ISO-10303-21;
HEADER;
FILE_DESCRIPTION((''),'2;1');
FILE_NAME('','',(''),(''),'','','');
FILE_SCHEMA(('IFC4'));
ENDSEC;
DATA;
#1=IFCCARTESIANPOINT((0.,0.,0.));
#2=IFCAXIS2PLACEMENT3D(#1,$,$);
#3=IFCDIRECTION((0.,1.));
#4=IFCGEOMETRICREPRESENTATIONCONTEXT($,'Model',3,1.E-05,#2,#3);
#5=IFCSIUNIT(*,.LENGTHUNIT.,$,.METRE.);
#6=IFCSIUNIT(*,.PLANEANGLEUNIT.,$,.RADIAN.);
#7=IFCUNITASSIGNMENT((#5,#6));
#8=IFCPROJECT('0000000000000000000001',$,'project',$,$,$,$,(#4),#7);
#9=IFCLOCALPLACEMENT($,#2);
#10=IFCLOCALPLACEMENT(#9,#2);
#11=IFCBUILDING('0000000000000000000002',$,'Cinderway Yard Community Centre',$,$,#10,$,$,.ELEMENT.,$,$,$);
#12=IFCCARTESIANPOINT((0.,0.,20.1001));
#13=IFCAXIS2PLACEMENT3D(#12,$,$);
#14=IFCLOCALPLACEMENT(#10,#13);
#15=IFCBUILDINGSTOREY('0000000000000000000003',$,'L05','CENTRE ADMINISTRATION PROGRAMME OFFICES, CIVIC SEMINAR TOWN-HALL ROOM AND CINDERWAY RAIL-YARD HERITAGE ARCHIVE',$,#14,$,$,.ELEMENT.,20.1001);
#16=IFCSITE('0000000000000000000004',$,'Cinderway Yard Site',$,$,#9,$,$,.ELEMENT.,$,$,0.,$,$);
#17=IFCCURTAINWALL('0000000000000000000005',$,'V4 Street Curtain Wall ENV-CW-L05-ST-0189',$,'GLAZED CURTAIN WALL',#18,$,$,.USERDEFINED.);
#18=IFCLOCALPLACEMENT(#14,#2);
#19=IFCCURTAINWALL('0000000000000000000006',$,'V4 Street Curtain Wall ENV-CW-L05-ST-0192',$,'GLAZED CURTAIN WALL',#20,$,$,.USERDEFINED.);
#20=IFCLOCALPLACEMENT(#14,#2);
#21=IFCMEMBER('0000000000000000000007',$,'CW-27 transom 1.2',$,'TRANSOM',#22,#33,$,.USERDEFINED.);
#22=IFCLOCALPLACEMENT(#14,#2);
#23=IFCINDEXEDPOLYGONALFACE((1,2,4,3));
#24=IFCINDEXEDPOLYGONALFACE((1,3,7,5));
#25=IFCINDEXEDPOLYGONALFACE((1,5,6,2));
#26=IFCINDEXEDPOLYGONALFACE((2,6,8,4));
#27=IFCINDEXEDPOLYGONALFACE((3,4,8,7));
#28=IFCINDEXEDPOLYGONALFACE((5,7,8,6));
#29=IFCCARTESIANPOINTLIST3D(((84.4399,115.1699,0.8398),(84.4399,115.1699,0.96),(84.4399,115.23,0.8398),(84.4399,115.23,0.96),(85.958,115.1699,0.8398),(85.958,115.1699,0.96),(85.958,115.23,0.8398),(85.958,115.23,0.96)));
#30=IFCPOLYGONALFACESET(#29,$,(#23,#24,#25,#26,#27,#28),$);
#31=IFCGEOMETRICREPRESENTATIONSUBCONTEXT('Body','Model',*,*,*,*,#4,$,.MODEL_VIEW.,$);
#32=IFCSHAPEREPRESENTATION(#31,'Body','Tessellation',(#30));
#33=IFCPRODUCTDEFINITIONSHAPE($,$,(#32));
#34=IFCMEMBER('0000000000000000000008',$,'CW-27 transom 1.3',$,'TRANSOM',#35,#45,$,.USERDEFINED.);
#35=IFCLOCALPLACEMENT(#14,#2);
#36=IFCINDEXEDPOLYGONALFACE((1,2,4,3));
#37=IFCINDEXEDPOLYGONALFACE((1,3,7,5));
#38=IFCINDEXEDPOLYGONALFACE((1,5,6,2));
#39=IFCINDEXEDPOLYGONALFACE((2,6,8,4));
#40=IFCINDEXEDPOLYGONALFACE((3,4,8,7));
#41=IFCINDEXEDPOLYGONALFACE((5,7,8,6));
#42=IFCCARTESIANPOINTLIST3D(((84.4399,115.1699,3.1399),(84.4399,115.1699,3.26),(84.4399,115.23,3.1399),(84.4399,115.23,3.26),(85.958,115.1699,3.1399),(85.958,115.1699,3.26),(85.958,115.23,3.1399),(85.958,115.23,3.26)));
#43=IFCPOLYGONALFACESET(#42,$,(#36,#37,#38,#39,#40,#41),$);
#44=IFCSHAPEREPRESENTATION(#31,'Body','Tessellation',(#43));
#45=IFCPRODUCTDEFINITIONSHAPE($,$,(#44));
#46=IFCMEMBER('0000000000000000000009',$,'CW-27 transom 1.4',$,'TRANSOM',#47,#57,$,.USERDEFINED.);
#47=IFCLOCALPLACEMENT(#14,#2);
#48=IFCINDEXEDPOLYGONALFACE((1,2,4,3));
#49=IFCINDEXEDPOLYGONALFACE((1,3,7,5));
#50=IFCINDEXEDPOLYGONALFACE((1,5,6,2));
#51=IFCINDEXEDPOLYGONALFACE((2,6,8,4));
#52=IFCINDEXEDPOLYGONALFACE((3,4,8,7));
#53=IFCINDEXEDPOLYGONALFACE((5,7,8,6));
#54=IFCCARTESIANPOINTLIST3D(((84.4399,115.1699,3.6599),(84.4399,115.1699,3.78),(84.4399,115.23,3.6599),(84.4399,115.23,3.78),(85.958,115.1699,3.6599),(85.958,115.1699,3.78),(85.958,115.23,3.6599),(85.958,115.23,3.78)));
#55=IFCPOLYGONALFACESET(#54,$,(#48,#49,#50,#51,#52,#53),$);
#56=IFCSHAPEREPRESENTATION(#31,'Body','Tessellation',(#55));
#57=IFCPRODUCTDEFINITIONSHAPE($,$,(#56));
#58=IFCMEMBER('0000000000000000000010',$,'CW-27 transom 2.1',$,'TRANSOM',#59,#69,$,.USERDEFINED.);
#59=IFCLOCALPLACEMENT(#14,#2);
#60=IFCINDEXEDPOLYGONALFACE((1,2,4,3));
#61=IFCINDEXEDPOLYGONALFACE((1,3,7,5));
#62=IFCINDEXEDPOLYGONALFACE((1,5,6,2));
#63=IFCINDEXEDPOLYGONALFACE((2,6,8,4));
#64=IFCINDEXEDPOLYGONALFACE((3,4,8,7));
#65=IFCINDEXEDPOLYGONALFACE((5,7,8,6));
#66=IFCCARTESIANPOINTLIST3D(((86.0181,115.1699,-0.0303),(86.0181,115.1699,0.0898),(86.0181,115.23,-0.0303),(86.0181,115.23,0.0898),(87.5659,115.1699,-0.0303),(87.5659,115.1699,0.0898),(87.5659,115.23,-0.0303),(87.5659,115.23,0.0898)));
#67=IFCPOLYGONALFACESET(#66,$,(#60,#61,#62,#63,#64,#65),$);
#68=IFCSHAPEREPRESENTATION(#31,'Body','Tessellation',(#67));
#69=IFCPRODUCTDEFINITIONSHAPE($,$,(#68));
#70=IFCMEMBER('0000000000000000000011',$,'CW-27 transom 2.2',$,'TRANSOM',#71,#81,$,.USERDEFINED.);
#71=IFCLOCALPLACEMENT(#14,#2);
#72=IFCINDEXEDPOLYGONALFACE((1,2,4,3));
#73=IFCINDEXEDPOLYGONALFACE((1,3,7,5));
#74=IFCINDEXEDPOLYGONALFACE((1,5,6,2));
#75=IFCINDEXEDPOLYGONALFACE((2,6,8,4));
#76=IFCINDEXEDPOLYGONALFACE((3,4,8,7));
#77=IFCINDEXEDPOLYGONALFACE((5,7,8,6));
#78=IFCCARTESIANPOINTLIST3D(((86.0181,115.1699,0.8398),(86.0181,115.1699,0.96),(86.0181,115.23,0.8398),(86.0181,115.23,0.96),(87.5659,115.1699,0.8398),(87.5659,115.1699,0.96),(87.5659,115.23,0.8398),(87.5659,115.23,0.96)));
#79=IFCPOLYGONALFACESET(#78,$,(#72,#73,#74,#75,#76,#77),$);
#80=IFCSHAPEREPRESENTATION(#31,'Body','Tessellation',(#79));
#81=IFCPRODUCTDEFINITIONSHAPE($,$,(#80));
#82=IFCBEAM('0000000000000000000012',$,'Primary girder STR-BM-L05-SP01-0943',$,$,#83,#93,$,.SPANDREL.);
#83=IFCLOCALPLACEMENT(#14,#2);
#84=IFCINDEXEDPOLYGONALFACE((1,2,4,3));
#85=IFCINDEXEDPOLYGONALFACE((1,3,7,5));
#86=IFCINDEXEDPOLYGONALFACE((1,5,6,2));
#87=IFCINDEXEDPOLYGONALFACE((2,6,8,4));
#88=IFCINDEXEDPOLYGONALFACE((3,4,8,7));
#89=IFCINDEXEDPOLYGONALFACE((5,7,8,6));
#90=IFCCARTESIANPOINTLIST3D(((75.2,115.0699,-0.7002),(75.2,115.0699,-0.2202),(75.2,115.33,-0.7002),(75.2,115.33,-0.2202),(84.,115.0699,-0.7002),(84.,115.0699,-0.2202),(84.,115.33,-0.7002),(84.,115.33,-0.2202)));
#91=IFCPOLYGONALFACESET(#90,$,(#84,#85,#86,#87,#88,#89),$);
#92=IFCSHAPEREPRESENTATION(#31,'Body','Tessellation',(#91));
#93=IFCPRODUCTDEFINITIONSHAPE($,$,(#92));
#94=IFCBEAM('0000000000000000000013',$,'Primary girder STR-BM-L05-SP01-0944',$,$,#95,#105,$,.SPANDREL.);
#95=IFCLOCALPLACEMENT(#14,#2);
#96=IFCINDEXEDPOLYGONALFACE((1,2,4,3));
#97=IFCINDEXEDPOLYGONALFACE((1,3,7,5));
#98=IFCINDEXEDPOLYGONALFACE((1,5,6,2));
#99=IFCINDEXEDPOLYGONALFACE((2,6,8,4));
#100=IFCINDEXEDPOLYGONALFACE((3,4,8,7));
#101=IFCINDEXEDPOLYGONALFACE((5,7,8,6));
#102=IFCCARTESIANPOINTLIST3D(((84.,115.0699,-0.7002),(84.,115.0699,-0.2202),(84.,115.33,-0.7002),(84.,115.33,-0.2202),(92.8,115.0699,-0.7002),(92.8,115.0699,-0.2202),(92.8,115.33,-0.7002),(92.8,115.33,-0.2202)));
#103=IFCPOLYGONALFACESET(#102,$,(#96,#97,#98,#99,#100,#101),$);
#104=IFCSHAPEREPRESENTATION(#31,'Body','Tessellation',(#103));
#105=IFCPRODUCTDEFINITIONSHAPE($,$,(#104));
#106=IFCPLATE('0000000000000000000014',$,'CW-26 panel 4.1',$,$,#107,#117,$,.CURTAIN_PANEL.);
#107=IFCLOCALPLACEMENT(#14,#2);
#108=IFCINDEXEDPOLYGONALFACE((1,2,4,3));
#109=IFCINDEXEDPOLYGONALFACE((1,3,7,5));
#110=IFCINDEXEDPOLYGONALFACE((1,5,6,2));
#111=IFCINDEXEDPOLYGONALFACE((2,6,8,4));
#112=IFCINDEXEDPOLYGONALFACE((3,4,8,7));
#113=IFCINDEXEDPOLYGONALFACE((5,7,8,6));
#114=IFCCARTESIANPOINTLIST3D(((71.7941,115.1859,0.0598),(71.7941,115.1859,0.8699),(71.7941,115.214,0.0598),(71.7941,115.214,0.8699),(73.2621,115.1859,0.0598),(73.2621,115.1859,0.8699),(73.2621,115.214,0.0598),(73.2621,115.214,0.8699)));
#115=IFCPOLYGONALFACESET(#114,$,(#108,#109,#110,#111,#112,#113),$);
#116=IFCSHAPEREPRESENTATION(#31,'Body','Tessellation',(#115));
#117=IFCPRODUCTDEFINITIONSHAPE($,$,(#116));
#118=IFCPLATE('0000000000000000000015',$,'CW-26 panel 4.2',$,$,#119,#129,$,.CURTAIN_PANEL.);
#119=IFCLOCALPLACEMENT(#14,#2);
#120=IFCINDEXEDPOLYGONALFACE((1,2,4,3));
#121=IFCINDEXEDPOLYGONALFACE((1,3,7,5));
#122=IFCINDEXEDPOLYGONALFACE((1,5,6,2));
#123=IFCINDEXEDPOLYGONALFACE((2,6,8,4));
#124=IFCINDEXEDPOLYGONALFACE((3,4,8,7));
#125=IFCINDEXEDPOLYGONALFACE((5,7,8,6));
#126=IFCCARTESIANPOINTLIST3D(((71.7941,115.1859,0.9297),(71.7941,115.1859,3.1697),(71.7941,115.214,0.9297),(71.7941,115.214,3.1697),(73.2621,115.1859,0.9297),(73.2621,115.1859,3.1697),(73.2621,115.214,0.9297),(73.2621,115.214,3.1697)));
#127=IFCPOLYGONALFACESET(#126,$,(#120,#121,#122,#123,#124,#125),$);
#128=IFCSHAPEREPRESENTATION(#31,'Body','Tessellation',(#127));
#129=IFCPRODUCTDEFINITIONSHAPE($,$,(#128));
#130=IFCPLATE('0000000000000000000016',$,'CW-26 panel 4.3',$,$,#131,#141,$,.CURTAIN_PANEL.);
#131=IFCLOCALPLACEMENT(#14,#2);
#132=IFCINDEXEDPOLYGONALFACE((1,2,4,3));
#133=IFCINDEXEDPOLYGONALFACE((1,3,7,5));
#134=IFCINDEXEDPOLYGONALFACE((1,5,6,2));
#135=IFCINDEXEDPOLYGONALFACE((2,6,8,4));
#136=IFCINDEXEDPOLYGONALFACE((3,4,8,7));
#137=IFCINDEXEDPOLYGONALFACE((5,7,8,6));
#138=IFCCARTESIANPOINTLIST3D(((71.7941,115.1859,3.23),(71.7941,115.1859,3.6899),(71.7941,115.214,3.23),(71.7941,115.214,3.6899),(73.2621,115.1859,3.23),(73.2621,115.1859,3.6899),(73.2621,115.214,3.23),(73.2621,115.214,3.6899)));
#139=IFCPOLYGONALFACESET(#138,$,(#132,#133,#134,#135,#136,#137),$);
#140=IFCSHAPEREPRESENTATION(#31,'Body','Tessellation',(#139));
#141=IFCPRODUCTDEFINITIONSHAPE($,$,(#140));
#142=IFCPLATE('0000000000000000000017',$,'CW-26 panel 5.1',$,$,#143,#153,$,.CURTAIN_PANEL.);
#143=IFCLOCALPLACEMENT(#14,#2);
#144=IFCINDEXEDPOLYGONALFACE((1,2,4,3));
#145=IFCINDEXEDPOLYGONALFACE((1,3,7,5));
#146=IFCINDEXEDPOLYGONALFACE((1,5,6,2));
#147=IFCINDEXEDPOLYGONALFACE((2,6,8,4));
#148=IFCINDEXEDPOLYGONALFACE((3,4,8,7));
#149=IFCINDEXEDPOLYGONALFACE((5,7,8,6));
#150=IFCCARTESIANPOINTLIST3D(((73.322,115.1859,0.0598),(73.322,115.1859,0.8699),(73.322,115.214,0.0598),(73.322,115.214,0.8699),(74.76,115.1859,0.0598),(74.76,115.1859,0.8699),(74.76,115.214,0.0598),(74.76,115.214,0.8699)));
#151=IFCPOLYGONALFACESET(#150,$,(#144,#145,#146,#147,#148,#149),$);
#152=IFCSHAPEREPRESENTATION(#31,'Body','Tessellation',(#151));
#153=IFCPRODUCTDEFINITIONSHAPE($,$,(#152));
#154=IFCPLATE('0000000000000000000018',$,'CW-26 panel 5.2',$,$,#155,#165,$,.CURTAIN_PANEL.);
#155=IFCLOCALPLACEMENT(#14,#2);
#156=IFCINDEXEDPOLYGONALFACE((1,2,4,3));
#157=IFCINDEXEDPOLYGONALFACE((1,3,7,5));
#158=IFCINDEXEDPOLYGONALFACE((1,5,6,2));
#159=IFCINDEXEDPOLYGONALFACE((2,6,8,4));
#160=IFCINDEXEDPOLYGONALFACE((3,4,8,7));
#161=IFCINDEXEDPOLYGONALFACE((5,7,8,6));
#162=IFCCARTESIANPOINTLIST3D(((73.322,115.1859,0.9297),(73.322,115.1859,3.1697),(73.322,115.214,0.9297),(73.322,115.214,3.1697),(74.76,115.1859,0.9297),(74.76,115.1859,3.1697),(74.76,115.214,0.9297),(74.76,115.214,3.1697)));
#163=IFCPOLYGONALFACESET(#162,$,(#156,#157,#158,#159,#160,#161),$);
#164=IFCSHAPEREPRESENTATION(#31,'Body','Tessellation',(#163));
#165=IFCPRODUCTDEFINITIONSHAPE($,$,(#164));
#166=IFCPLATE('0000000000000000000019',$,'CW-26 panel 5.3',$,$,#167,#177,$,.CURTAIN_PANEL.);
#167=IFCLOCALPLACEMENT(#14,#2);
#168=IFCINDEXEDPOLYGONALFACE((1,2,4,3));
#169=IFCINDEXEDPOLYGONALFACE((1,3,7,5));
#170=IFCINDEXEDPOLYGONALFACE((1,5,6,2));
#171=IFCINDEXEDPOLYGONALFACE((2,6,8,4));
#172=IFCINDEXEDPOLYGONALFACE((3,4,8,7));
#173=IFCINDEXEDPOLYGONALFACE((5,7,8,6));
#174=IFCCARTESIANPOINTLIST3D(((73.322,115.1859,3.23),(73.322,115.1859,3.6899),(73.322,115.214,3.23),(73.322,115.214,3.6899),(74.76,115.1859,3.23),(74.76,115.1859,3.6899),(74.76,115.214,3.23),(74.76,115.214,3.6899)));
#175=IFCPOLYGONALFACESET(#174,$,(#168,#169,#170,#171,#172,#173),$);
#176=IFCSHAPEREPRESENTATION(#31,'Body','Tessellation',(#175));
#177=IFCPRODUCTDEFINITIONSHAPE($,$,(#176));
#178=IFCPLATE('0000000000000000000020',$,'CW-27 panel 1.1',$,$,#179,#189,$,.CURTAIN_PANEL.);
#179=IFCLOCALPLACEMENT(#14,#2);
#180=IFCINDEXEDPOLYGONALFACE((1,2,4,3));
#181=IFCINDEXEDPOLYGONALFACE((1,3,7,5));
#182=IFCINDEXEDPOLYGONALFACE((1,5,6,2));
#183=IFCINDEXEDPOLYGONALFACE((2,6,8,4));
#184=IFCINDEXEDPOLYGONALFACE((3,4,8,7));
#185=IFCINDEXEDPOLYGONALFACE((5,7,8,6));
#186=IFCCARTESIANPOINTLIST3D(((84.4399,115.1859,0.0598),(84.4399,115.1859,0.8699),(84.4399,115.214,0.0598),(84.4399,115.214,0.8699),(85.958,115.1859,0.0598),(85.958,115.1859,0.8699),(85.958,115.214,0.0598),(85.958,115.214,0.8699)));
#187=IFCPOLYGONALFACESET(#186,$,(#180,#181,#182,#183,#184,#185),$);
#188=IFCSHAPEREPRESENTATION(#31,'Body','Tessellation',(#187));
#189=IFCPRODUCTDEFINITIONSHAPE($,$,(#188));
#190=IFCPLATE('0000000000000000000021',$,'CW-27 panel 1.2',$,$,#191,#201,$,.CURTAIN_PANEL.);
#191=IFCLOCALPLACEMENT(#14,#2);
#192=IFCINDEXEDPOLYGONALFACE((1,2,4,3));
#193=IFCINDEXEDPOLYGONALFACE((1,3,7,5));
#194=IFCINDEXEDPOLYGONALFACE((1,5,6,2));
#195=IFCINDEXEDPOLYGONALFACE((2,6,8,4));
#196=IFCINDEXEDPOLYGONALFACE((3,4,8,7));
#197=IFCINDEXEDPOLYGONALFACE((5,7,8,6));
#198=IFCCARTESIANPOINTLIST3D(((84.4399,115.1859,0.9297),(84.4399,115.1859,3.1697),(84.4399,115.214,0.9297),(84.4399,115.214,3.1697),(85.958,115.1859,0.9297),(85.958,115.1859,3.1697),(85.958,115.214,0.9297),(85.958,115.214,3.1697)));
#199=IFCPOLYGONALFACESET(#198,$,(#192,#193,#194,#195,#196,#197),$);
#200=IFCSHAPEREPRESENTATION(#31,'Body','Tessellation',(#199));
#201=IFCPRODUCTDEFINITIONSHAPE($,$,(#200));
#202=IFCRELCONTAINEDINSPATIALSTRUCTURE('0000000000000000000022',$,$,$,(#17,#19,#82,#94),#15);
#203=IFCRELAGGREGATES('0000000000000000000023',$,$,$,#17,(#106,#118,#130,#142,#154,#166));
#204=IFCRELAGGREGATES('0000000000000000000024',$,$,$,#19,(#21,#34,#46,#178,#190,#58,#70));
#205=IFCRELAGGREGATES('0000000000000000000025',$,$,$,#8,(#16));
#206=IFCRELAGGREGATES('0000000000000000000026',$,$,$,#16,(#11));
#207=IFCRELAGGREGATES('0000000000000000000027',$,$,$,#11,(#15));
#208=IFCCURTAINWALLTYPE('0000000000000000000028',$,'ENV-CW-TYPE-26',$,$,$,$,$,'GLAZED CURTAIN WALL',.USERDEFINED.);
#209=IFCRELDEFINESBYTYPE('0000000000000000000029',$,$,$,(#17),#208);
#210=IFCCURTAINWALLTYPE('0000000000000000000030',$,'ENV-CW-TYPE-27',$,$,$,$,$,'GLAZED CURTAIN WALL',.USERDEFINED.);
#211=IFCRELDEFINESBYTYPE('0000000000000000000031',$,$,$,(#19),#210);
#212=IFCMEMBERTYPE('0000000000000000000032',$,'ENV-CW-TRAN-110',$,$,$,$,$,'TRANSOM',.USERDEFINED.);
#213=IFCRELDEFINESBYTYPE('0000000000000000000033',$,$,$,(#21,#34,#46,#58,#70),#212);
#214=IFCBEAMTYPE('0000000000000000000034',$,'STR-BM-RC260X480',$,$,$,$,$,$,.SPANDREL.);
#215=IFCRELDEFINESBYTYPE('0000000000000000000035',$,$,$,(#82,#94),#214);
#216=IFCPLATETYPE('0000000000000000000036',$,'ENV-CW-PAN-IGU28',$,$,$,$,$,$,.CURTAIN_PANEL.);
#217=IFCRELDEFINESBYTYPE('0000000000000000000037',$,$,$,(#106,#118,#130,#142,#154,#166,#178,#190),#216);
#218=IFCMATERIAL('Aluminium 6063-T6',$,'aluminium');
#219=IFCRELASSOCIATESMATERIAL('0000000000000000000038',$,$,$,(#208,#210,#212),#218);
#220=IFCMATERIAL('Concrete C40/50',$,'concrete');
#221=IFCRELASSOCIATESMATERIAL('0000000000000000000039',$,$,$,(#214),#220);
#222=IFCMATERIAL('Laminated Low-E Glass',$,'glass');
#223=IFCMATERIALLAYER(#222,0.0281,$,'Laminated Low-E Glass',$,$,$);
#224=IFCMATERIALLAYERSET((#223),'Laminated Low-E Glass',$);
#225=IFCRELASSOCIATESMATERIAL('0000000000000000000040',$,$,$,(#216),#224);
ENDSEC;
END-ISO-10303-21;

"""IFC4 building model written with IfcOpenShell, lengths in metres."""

from ifc_helpers import new_model, si_unit, direction, frame, origin, origin_2d, place, context, subcontext, project, spatial, rectangle, extrude, material, layer, layer_set, material_profile, profile_set, type_object, element, aggregate, save


model = new_model("IFC4")

# Units and contexts
model_context = context("Model", 3, precision=1e-05, world=origin(), true_north=direction((0.0, 1.0)))
body_context = subcontext(model_context, "Body", "Model", "MODEL_VIEW")
ifc_project = project(units=[si_unit("LENGTHUNIT", "METRE"), si_unit("PLANEANGLEUNIT", "RADIAN")], contexts=[model_context])

# Site, building, storey
site_placement = place(None, origin())
site = spatial("IfcSite", under=ifc_project, at=site_placement, Name="Cinderway Yard Site", CompositionType="ELEMENT", RefElevation=0.0)
building_placement = place(site_placement, origin())
building = spatial("IfcBuilding", under=site, at=building_placement, Name="Cinderway Yard Community Centre", CompositionType="ELEMENT")
storey_placement = place(building_placement, frame((0.0, 0.0, 20.1001)))
storey = spatial("IfcBuildingStorey", under=building, at=storey_placement, Name="L05", Description="CENTRE ADMINISTRATION PROGRAMME OFFICES, CIVIC SEMINAR TOWN-HALL ROOM AND CINDERWAY RAIL-YARD HERITAGE ARCHIVE", CompositionType="ELEMENT", Elevation=20.1001)

# Shared definitions
ifc_material_1 = material(Name="Concrete C40/50", Category="concrete")

# Curtain walls
ifc_material_2 = material(Name="Aluminium 6063-T6", Category="aluminium")
curtain_wall_type_1 = type_object("IfcCurtainWallType", Name="ENV-CW-TYPE-26", ElementType="GLAZED CURTAIN WALL", PredefinedType="USERDEFINED", material=ifc_material_2)
curtain_wall_1_placement = place(storey_placement, origin())
curtain_wall_1 = element("IfcCurtainWall", 1, at=curtain_wall_1_placement, inside=storey, type_object=curtain_wall_type_1, Name="V4 Street Curtain Wall ENV-CW-L05-ST-0189", ObjectType="GLAZED CURTAIN WALL", PredefinedType="USERDEFINED")
curtain_wall_type_2 = type_object("IfcCurtainWallType", Name="ENV-CW-TYPE-27", ElementType="GLAZED CURTAIN WALL", PredefinedType="USERDEFINED", material=ifc_material_2)
curtain_wall_2_placement = place(storey_placement, origin())
curtain_wall_2 = element("IfcCurtainWall", 2, at=curtain_wall_2_placement, inside=storey, type_object=curtain_wall_type_2, Name="V4 Street Curtain Wall ENV-CW-L05-ST-0192", ObjectType="GLAZED CURTAIN WALL", PredefinedType="USERDEFINED")

# Members
ifc_material_profile_1 = material_profile(ifc_material_2, rectangle(XDim=0.0601, YDim=0.1201, at=origin_2d()), Name="Aluminium 6063-T6")
ifc_profile_set_1 = profile_set([ifc_material_profile_1], Name="Aluminium 6063-T6")
member_type_1 = type_object("IfcMemberType", Name="ENV-CW-TRAN-110", ElementType="TRANSOM", PredefinedType="USERDEFINED", material=ifc_profile_set_1)
member_1_placement = place(storey_placement, frame((84.4399, 115.2, 0.8999), z_axis=(1.0, 0.0, 0.0), x_axis=(0.0, 1.0, 0.0)))
member_1 = element("IfcMember", 3, at=member_1_placement, type_object=member_type_1, Name="CW-27 transom 1.2", ObjectType="TRANSOM", PredefinedType="USERDEFINED", context=body_context, shape_type="SweptSolid", body=[
    extrude(rectangle(XDim=0.0601, YDim=0.1201, at=origin_2d()), origin(), (0.0, 0.0, 1.0), 1.5181),
])
member_2_placement = place(storey_placement, frame((84.4399, 115.2, 3.2), z_axis=(1.0, 0.0, 0.0), x_axis=(0.0, 1.0, 0.0)))
member_2 = element("IfcMember", 4, at=member_2_placement, type_object=member_type_1, Name="CW-27 transom 1.3", ObjectType="TRANSOM", PredefinedType="USERDEFINED", context=body_context, shape_type="SweptSolid", body=[
    extrude(rectangle(XDim=0.0601, YDim=0.1201, at=origin_2d()), origin(), (0.0, 0.0, 1.0), 1.5181),
])
member_3_placement = place(storey_placement, frame((84.4399, 115.2, 3.72), z_axis=(1.0, 0.0, 0.0), x_axis=(0.0, 1.0, 0.0)))
member_3 = element("IfcMember", 5, at=member_3_placement, type_object=member_type_1, Name="CW-27 transom 1.4", ObjectType="TRANSOM", PredefinedType="USERDEFINED", context=body_context, shape_type="SweptSolid", body=[
    extrude(rectangle(XDim=0.0601, YDim=0.1201, at=origin_2d()), origin(), (0.0, 0.0, 1.0), 1.5181),
])
member_4_placement = place(storey_placement, frame((86.0181, 115.2, 0.0298), z_axis=(1.0, 0.0, 0.0), x_axis=(0.0, 1.0, 0.0)))
member_4 = element("IfcMember", 6, at=member_4_placement, type_object=member_type_1, Name="CW-27 transom 2.1", ObjectType="TRANSOM", PredefinedType="USERDEFINED", context=body_context, shape_type="SweptSolid", body=[
    extrude(rectangle(XDim=0.0601, YDim=0.1201, at=origin_2d()), origin(), (0.0, 0.0, 1.0), 1.5479),
])
member_5_placement = place(storey_placement, frame((86.0181, 115.2, 0.8999), z_axis=(1.0, 0.0, 0.0), x_axis=(0.0, 1.0, 0.0)))
member_5 = element("IfcMember", 7, at=member_5_placement, type_object=member_type_1, Name="CW-27 transom 2.2", ObjectType="TRANSOM", PredefinedType="USERDEFINED", context=body_context, shape_type="SweptSolid", body=[
    extrude(rectangle(XDim=0.0601, YDim=0.1201, at=origin_2d()), origin(), (0.0, 0.0, 1.0), 1.5479),
])

# Beams
ifc_material_profile_2 = material_profile(ifc_material_1, rectangle(XDim=0.26, YDim=0.48, at=origin_2d()), Name="Concrete C40/50")
ifc_profile_set_2 = profile_set([ifc_material_profile_2], Name="Concrete C40/50")
beam_type = type_object("IfcBeamType", Name="STR-BM-RC260X480", PredefinedType="SPANDREL", material=ifc_profile_set_2)
for number, where, z_axis, x_axis, name in (
    (8, (75.2, 115.2, -0.4602), (1.0, 0.0, 0.0), (0.0, 1.0, 0.0), "Primary girder STR-BM-L05-SP01-0943"),
    (9, (84.0, 115.2, -0.4602), (1.0, 0.0, 0.0), (0.0, 1.0, 0.0), "Primary girder STR-BM-L05-SP01-0944"),
):
    element("IfcBeam", number, at=place(storey_placement, frame(where, z_axis=z_axis, x_axis=x_axis)), inside=storey, type_object=beam_type, Name=name, PredefinedType="SPANDREL", context=body_context, shape_type="SweptSolid", body=[
        extrude(rectangle(XDim=0.26, YDim=0.48, at=origin_2d()), origin(), (0.0, 0.0, 1.0), 8.8),
    ])

# Plates
ifc_material_3 = material(Name="Laminated Low-E Glass", Category="glass")
ifc_layer_1 = layer(ifc_material_3, 0.0281, Name="Laminated Low-E Glass")
ifc_layer_set_1 = layer_set([ifc_layer_1], Name="Laminated Low-E Glass")
plate_type = type_object("IfcPlateType", Name="ENV-CW-PAN-IGU28", PredefinedType="CURTAIN_PANEL", material=ifc_layer_set_1)
plate_1_placement = place(storey_placement, frame((72.5281, 115.2, 0.0598), z_axis=(0.0, 0.0, 1.0), x_axis=(1.0, 0.0, 0.0)))
plate_1 = element("IfcPlate", 10, at=plate_1_placement, type_object=plate_type, Name="CW-26 panel 4.1", PredefinedType="CURTAIN_PANEL", context=body_context, shape_type="SweptSolid", body=[
    extrude(rectangle(XDim=1.468, YDim=0.0281, at=origin_2d()), origin(), (0.0, 0.0, 1.0), 0.8101),
])
plate_2_placement = place(storey_placement, frame((72.5281, 115.2, 0.9297), z_axis=(0.0, 0.0, 1.0), x_axis=(1.0, 0.0, 0.0)))
plate_2 = element("IfcPlate", 11, at=plate_2_placement, type_object=plate_type, Name="CW-26 panel 4.2", PredefinedType="CURTAIN_PANEL", context=body_context, shape_type="SweptSolid", body=[
    extrude(rectangle(XDim=1.468, YDim=0.0281, at=origin_2d()), origin(), (0.0, 0.0, 1.0), 2.24),
])
plate_3_placement = place(storey_placement, frame((72.5281, 115.2, 3.23), z_axis=(0.0, 0.0, 1.0), x_axis=(1.0, 0.0, 0.0)))
plate_3 = element("IfcPlate", 12, at=plate_3_placement, type_object=plate_type, Name="CW-26 panel 4.3", PredefinedType="CURTAIN_PANEL", context=body_context, shape_type="SweptSolid", body=[
    extrude(rectangle(XDim=1.468, YDim=0.0281, at=origin_2d()), origin(), (0.0, 0.0, 1.0), 0.46),
])
plate_4_placement = place(storey_placement, frame((74.041, 115.2, 0.0598), z_axis=(0.0, 0.0, 1.0), x_axis=(1.0, 0.0, 0.0)))
plate_4 = element("IfcPlate", 13, at=plate_4_placement, type_object=plate_type, Name="CW-26 panel 5.1", PredefinedType="CURTAIN_PANEL", context=body_context, shape_type="SweptSolid", body=[
    extrude(rectangle(XDim=1.438, YDim=0.0281, at=origin_2d()), origin(), (0.0, 0.0, 1.0), 0.8101),
])
plate_5_placement = place(storey_placement, frame((74.041, 115.2, 0.9297), z_axis=(0.0, 0.0, 1.0), x_axis=(1.0, 0.0, 0.0)))
plate_5 = element("IfcPlate", 14, at=plate_5_placement, type_object=plate_type, Name="CW-26 panel 5.2", PredefinedType="CURTAIN_PANEL", context=body_context, shape_type="SweptSolid", body=[
    extrude(rectangle(XDim=1.438, YDim=0.0281, at=origin_2d()), origin(), (0.0, 0.0, 1.0), 2.24),
])
plate_6_placement = place(storey_placement, frame((74.041, 115.2, 3.23), z_axis=(0.0, 0.0, 1.0), x_axis=(1.0, 0.0, 0.0)))
plate_6 = element("IfcPlate", 15, at=plate_6_placement, type_object=plate_type, Name="CW-26 panel 5.3", PredefinedType="CURTAIN_PANEL", context=body_context, shape_type="SweptSolid", body=[
    extrude(rectangle(XDim=1.438, YDim=0.0281, at=origin_2d()), origin(), (0.0, 0.0, 1.0), 0.46),
])
aggregate(curtain_wall_1, [plate_1, plate_2, plate_3, plate_4, plate_5, plate_6])
plate_7_placement = place(storey_placement, frame((85.199, 115.2, 0.0598), z_axis=(0.0, 0.0, 1.0), x_axis=(1.0, 0.0, 0.0)))
plate_7 = element("IfcPlate", 16, at=plate_7_placement, type_object=plate_type, Name="CW-27 panel 1.1", PredefinedType="CURTAIN_PANEL", context=body_context, shape_type="SweptSolid", body=[
    extrude(rectangle(XDim=1.5181, YDim=0.0281, at=origin_2d()), origin(), (0.0, 0.0, 1.0), 0.8101),
])
plate_8_placement = place(storey_placement, frame((85.199, 115.2, 0.9297), z_axis=(0.0, 0.0, 1.0), x_axis=(1.0, 0.0, 0.0)))
plate_8 = element("IfcPlate", 17, at=plate_8_placement, type_object=plate_type, Name="CW-27 panel 1.2", PredefinedType="CURTAIN_PANEL", context=body_context, shape_type="SweptSolid", body=[
    extrude(rectangle(XDim=1.5181, YDim=0.0281, at=origin_2d()), origin(), (0.0, 0.0, 1.0), 2.24),
])
aggregate(curtain_wall_2, [member_1, member_2, member_3, plate_7, plate_8, member_4, member_5])

save(model, "model.ifc")
